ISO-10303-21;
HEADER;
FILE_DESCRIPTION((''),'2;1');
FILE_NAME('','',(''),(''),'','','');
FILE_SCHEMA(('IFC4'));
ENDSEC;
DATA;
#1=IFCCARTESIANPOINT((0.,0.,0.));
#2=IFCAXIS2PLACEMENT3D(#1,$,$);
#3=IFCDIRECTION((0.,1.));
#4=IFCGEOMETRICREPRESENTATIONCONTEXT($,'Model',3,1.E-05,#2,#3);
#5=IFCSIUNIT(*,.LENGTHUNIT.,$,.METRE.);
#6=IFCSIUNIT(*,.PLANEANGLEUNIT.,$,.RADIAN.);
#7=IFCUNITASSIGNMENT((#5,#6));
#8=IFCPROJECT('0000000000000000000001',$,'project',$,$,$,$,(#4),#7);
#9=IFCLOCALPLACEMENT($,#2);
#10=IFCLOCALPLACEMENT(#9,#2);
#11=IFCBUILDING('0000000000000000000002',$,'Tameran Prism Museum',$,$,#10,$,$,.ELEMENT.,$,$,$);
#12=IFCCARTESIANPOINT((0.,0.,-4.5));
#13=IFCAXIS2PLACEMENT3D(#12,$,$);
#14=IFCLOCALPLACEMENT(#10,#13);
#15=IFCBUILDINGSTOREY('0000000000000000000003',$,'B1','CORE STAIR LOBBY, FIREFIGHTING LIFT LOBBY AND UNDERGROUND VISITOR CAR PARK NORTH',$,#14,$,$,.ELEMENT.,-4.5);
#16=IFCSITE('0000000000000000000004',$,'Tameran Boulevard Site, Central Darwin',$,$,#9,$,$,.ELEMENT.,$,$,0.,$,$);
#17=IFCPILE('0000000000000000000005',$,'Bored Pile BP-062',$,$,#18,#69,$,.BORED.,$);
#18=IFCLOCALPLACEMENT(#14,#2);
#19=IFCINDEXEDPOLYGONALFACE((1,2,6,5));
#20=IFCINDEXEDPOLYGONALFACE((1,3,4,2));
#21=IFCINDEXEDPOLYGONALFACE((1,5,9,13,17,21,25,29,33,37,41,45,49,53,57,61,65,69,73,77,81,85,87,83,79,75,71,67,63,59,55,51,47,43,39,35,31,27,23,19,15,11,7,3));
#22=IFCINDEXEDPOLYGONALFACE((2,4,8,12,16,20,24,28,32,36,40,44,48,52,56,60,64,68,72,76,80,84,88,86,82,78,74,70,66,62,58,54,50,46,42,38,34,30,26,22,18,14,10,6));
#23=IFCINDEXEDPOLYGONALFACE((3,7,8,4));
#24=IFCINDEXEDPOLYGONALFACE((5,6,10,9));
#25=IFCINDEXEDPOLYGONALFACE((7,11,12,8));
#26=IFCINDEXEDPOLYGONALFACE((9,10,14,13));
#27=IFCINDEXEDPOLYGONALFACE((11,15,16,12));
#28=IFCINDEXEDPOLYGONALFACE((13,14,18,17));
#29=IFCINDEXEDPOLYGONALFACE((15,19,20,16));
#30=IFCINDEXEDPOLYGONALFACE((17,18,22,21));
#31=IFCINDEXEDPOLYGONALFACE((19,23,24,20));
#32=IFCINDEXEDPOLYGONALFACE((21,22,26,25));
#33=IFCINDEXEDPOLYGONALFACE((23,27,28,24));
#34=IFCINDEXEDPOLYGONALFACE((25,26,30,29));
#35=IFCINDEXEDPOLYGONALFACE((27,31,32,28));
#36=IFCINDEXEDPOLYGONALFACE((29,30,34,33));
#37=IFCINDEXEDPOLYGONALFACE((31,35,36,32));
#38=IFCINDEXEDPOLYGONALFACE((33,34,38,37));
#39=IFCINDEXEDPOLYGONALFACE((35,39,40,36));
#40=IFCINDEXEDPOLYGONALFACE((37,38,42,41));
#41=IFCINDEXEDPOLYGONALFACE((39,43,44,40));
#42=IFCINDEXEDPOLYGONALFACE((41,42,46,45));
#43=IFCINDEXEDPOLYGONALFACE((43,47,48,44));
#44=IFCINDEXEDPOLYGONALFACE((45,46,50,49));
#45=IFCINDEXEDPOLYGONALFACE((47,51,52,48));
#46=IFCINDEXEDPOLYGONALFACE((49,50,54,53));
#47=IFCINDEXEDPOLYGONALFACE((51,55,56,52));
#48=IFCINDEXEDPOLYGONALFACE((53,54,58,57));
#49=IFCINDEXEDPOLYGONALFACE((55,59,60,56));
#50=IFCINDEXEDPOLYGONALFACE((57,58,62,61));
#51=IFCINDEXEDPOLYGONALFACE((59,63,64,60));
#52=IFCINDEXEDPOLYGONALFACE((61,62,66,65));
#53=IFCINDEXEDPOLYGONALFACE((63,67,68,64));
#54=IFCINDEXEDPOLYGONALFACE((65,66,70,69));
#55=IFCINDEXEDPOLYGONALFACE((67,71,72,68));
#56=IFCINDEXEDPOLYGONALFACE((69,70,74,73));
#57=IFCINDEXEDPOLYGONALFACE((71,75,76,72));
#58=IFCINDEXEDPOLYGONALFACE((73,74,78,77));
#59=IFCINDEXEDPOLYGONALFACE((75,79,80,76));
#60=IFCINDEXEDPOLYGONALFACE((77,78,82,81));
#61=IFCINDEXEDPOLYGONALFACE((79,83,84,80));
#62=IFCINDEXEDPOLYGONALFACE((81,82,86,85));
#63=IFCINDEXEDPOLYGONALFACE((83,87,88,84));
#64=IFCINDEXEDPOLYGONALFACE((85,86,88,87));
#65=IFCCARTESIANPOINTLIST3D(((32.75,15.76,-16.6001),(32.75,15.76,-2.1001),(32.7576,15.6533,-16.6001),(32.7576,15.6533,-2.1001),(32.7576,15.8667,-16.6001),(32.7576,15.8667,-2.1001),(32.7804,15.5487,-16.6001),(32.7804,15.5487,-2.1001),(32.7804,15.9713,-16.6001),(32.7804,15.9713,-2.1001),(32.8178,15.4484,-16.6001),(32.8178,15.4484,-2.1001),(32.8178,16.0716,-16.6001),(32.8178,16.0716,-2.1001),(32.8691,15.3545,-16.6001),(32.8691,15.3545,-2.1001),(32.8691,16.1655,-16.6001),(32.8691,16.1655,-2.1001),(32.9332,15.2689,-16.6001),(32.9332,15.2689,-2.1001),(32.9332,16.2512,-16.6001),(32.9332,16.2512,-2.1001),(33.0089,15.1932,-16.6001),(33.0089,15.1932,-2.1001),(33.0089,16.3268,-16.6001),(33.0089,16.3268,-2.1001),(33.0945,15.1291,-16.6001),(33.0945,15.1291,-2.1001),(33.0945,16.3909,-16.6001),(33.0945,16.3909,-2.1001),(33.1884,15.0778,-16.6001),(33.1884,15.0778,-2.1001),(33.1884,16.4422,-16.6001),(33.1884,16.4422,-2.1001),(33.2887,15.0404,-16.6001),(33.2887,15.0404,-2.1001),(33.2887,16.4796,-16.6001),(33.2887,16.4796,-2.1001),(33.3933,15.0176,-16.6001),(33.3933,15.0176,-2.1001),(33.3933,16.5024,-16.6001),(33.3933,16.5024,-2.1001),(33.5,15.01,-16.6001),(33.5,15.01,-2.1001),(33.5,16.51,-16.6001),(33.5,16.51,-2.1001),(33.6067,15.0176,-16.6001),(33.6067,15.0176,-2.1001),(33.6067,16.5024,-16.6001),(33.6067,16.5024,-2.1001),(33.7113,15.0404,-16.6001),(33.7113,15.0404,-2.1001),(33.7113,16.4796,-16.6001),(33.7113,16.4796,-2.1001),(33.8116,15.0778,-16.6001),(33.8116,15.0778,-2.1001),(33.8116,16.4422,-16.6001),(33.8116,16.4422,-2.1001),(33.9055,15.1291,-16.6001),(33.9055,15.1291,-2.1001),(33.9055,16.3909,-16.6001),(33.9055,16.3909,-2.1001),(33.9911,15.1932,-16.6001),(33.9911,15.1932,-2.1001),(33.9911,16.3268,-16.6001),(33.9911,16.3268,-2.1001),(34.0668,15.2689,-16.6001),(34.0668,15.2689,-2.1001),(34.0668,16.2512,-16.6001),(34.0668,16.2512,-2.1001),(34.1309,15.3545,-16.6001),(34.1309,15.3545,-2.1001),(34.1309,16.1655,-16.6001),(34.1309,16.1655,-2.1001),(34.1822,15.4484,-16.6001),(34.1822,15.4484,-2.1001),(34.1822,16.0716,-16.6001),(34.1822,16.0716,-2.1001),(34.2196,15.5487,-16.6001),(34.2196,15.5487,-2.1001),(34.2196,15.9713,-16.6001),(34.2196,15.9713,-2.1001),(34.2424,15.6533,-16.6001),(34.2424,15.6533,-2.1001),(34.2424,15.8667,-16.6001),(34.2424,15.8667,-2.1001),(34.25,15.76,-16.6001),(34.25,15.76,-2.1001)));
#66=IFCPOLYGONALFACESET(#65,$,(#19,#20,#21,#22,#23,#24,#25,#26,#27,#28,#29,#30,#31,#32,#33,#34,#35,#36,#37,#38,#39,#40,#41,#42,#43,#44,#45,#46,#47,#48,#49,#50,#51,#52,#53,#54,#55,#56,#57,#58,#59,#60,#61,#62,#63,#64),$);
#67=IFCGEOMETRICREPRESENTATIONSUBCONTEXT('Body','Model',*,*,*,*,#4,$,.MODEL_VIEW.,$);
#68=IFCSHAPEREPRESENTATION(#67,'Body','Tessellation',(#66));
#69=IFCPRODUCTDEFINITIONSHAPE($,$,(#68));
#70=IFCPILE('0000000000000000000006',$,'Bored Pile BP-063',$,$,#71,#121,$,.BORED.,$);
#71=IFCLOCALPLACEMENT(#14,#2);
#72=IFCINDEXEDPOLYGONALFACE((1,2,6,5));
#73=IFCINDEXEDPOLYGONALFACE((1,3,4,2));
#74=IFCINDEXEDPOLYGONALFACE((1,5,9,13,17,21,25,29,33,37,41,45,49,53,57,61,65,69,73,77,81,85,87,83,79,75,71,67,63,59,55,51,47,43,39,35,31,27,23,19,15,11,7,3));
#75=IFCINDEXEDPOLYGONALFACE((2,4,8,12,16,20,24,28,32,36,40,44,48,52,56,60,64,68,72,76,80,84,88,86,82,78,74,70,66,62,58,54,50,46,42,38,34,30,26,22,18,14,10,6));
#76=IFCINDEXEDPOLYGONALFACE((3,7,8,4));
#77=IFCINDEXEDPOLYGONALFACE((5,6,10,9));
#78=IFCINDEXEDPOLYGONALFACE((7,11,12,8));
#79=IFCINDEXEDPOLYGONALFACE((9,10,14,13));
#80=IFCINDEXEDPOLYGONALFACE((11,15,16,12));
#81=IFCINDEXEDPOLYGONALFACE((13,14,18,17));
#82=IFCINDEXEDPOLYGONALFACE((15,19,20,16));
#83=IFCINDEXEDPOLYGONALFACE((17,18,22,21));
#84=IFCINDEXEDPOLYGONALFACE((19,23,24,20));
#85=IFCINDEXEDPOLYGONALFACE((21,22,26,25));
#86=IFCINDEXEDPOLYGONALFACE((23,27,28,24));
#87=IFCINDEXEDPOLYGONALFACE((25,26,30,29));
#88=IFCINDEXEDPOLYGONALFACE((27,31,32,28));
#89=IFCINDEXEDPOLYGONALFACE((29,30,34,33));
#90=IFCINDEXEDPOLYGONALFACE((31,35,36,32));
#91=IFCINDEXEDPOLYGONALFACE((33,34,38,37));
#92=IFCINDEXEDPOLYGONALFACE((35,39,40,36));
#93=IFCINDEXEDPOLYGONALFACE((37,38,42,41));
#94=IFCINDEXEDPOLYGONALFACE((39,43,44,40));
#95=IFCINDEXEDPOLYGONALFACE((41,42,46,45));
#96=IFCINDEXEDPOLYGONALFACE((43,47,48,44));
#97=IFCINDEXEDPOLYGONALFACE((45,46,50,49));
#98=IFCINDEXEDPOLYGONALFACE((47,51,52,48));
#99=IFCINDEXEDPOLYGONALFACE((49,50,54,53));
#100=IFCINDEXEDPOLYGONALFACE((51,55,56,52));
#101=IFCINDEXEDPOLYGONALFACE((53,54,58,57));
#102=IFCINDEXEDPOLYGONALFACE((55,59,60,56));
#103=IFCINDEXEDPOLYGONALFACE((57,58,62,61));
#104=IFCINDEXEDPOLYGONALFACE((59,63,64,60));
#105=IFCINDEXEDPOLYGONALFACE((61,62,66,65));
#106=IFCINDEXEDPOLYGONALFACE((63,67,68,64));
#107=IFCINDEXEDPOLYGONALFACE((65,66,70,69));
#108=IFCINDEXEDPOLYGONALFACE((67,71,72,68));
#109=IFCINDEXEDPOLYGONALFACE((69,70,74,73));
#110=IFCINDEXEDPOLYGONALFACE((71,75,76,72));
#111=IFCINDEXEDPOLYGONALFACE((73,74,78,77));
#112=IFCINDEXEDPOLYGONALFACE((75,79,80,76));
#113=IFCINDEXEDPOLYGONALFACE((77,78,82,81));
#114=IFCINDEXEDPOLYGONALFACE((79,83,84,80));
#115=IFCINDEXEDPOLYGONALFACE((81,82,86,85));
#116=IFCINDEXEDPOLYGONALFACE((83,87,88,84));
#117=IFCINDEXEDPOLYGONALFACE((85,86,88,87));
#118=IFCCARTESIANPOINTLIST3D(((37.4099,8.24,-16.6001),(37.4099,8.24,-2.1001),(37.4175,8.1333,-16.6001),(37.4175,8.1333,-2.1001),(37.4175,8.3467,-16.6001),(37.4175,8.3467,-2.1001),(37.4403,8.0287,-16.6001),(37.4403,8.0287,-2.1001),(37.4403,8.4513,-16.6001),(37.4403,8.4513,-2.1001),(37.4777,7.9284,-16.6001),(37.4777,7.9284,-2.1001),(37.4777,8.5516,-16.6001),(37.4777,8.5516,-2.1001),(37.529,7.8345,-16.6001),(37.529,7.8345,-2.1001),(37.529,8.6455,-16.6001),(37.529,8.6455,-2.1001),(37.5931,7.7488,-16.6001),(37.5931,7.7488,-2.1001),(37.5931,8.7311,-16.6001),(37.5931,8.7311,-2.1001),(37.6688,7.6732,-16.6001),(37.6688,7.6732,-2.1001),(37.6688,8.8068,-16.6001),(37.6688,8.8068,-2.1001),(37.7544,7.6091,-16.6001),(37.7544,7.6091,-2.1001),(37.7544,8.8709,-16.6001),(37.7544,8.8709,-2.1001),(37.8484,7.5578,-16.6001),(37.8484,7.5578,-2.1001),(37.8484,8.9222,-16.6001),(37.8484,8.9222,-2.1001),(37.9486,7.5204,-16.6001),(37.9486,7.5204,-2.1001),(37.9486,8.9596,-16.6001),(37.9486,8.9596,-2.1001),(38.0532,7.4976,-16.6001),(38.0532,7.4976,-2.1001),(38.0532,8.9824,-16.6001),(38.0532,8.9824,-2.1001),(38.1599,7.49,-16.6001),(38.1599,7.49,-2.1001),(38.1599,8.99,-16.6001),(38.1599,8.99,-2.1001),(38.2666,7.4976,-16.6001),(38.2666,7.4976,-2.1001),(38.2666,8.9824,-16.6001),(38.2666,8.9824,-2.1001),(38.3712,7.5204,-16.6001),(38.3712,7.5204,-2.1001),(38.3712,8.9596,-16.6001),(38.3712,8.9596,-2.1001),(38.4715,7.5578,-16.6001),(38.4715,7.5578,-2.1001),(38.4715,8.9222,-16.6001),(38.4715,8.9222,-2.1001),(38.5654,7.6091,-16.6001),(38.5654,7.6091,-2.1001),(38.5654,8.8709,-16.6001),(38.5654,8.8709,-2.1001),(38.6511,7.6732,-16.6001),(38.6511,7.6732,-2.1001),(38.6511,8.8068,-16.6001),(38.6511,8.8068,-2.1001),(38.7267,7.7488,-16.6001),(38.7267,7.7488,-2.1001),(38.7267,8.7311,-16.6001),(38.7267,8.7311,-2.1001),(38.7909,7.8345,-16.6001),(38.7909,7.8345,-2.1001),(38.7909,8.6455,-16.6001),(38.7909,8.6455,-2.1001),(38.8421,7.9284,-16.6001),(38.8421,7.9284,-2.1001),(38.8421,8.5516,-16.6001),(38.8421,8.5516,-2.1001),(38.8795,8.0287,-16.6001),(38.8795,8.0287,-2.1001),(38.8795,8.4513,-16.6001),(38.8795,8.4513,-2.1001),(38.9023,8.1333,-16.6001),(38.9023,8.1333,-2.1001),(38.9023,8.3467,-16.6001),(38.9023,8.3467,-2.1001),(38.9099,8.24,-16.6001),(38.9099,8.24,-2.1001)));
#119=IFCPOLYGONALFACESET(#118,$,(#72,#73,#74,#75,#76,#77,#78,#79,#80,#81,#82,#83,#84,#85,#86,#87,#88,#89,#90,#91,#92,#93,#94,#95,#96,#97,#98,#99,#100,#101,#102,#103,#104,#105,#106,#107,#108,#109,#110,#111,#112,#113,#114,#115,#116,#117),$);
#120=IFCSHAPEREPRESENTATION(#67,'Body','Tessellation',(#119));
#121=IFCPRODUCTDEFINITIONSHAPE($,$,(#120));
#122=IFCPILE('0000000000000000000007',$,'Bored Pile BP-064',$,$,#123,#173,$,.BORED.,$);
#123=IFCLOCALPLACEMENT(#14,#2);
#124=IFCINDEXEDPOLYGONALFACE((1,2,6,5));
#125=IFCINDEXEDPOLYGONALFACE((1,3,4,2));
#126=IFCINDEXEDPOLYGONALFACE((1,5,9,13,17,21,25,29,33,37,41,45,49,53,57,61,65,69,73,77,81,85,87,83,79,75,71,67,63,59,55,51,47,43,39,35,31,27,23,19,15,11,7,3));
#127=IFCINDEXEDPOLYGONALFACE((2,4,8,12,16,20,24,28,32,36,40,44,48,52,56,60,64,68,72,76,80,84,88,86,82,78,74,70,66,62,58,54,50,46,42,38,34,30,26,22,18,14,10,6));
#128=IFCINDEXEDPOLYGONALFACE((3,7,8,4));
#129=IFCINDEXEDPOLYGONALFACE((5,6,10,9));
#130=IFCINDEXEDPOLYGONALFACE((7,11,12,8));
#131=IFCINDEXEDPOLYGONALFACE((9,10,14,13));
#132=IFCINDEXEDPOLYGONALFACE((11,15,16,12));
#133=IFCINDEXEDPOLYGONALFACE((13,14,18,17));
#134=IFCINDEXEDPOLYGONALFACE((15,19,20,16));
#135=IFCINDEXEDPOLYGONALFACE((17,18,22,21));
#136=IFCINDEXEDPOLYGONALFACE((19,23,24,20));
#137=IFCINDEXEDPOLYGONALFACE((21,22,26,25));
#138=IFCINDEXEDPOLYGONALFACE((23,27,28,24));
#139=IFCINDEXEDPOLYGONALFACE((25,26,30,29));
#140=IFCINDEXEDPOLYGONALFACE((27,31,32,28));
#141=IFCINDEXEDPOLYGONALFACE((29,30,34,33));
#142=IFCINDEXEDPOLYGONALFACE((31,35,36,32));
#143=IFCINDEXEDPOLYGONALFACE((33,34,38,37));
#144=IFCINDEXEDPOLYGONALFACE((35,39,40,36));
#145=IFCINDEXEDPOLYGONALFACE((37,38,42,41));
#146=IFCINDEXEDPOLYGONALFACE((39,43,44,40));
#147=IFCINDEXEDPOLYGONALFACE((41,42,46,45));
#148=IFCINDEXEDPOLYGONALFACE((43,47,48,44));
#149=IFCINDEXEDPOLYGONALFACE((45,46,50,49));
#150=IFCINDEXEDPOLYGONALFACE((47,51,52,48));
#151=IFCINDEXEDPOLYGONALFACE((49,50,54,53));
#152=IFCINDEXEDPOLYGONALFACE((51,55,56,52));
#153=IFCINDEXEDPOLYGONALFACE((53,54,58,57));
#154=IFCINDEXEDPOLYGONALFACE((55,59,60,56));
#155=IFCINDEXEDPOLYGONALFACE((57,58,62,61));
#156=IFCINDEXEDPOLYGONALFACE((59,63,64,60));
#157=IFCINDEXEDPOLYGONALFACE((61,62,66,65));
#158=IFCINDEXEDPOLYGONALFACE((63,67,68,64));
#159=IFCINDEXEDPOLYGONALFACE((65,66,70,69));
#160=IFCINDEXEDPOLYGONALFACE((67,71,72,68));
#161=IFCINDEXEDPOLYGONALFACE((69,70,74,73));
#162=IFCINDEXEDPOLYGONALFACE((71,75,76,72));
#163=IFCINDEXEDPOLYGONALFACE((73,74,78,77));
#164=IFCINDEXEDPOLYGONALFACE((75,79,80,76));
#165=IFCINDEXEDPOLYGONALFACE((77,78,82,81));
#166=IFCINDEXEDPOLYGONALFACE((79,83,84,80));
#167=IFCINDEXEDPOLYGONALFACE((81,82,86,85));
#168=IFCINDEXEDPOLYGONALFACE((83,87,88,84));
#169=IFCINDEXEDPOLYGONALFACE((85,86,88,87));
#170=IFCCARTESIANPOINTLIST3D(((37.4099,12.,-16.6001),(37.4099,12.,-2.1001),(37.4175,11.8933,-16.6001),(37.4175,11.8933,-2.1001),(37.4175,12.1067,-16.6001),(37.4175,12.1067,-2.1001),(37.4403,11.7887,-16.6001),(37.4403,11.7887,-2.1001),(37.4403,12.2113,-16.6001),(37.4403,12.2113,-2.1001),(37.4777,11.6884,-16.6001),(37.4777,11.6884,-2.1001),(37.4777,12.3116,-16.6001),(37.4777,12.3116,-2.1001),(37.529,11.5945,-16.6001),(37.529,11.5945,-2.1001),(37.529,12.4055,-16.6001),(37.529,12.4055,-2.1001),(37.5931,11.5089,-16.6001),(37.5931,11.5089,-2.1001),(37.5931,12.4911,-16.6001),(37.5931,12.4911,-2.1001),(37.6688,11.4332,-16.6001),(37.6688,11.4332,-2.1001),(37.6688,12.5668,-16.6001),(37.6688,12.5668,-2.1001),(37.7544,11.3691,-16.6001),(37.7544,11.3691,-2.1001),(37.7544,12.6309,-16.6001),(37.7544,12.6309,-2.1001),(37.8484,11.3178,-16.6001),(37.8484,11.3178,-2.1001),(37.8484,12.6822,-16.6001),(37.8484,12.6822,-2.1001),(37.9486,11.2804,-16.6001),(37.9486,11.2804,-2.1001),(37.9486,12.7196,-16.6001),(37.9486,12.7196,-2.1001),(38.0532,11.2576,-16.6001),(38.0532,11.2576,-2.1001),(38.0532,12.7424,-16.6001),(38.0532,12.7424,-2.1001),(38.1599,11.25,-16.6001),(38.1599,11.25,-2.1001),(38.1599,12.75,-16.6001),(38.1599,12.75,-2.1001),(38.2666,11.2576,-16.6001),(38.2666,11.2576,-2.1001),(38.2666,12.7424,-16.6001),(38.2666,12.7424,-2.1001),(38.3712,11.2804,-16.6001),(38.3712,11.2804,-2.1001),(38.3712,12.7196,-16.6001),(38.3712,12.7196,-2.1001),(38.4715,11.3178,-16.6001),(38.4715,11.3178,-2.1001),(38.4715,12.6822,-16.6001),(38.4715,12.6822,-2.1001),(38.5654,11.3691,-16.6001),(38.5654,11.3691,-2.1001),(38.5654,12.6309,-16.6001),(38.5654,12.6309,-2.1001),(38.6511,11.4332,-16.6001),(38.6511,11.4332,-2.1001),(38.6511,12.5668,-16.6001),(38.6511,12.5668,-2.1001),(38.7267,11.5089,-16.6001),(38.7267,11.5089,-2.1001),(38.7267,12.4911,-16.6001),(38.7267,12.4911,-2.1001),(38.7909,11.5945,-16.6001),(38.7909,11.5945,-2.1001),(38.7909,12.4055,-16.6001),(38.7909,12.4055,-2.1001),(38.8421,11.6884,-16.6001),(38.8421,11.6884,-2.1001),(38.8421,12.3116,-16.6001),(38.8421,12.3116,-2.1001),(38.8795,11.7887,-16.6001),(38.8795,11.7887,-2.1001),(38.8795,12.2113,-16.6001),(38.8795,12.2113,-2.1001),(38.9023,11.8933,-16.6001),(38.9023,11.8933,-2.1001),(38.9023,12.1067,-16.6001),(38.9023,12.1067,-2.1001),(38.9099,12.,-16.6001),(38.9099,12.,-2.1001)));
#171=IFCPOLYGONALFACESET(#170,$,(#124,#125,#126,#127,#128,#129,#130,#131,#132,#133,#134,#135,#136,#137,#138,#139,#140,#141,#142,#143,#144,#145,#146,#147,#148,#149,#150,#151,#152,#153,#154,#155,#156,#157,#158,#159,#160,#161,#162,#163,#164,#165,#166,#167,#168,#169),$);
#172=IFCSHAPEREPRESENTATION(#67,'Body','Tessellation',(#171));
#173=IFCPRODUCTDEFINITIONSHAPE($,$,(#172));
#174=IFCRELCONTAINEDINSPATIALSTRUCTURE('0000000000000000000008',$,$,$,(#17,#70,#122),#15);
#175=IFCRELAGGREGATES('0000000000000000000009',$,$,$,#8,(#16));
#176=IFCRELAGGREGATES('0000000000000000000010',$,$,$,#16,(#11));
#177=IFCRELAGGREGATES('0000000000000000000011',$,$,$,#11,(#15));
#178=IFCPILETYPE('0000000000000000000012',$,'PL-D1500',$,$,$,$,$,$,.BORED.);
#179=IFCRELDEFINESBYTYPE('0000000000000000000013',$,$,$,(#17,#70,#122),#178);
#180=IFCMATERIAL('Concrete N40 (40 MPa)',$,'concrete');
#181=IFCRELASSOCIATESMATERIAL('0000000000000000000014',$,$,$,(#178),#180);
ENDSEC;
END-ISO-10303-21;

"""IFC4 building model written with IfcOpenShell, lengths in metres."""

from ifc_helpers import new_model, si_unit, direction, frame, origin, origin_2d, place, context, subcontext, project, spatial, circle, extrude, material, material_profile, profile_set, type_object, element, save


model = new_model("IFC4")

# Units and contexts
model_context = context("Model", 3, precision=1e-05, world=origin(), true_north=direction((0.0, 1.0)))
body_context = subcontext(model_context, "Body", "Model", "MODEL_VIEW")
ifc_project = project(units=[si_unit("LENGTHUNIT", "METRE"), si_unit("PLANEANGLEUNIT", "RADIAN")], contexts=[model_context])

# Site, building, storey
site_placement = place(None, origin())
site = spatial("IfcSite", under=ifc_project, at=site_placement, Name="Tameran Boulevard Site, Central Darwin", CompositionType="ELEMENT", RefElevation=0.0)
building_placement = place(site_placement, origin())
building = spatial("IfcBuilding", under=site, at=building_placement, Name="Tameran Prism Museum", CompositionType="ELEMENT")
storey_placement = place(building_placement, frame((0.0, 0.0, -4.5)))
storey = spatial("IfcBuildingStorey", under=building, at=storey_placement, Name="B1", Description="CORE STAIR LOBBY, FIREFIGHTING LIFT LOBBY AND UNDERGROUND VISITOR CAR PARK NORTH", CompositionType="ELEMENT", Elevation=-4.5)

# Piles
ifc_material_1 = material(Name="Concrete N40 (40 MPa)", Category="concrete")
ifc_material_profile_1 = material_profile(ifc_material_1, circle(Radius=0.75, at=origin_2d()))
ifc_profile_set_1 = profile_set([ifc_material_profile_1])
pile_type_1 = type_object("IfcPileType", Name="PL-D1500", PredefinedType="BORED", material=ifc_profile_set_1)
for number, where, z_axis, x_axis, name in (
    (1, (33.5, 15.76, -2.1001), (0.0, 0.0, -1.0), (1.0, 0.0, 0.0), "Bored Pile BP-062"),
    (2, (38.1599, 8.24, -2.1001), (0.0, 0.0, -1.0), (1.0, 0.0, 0.0), "Bored Pile BP-063"),
    (3, (38.1599, 12.0, -2.1001), (0.0, 0.0, -1.0), (1.0, 0.0, 0.0), "Bored Pile BP-064"),
):
    element("IfcPile", number, at=place(storey_placement, frame(where, z_axis=z_axis, x_axis=x_axis)), inside=storey, type_object=pile_type_1, Name=name, PredefinedType="BORED", context=body_context, shape_type="SweptSolid", body=[
        extrude(circle(Radius=0.75, at=origin_2d()), origin(), (0.0, 0.0, 1.0), 14.5),
    ])

save(model, "model.ifc")
